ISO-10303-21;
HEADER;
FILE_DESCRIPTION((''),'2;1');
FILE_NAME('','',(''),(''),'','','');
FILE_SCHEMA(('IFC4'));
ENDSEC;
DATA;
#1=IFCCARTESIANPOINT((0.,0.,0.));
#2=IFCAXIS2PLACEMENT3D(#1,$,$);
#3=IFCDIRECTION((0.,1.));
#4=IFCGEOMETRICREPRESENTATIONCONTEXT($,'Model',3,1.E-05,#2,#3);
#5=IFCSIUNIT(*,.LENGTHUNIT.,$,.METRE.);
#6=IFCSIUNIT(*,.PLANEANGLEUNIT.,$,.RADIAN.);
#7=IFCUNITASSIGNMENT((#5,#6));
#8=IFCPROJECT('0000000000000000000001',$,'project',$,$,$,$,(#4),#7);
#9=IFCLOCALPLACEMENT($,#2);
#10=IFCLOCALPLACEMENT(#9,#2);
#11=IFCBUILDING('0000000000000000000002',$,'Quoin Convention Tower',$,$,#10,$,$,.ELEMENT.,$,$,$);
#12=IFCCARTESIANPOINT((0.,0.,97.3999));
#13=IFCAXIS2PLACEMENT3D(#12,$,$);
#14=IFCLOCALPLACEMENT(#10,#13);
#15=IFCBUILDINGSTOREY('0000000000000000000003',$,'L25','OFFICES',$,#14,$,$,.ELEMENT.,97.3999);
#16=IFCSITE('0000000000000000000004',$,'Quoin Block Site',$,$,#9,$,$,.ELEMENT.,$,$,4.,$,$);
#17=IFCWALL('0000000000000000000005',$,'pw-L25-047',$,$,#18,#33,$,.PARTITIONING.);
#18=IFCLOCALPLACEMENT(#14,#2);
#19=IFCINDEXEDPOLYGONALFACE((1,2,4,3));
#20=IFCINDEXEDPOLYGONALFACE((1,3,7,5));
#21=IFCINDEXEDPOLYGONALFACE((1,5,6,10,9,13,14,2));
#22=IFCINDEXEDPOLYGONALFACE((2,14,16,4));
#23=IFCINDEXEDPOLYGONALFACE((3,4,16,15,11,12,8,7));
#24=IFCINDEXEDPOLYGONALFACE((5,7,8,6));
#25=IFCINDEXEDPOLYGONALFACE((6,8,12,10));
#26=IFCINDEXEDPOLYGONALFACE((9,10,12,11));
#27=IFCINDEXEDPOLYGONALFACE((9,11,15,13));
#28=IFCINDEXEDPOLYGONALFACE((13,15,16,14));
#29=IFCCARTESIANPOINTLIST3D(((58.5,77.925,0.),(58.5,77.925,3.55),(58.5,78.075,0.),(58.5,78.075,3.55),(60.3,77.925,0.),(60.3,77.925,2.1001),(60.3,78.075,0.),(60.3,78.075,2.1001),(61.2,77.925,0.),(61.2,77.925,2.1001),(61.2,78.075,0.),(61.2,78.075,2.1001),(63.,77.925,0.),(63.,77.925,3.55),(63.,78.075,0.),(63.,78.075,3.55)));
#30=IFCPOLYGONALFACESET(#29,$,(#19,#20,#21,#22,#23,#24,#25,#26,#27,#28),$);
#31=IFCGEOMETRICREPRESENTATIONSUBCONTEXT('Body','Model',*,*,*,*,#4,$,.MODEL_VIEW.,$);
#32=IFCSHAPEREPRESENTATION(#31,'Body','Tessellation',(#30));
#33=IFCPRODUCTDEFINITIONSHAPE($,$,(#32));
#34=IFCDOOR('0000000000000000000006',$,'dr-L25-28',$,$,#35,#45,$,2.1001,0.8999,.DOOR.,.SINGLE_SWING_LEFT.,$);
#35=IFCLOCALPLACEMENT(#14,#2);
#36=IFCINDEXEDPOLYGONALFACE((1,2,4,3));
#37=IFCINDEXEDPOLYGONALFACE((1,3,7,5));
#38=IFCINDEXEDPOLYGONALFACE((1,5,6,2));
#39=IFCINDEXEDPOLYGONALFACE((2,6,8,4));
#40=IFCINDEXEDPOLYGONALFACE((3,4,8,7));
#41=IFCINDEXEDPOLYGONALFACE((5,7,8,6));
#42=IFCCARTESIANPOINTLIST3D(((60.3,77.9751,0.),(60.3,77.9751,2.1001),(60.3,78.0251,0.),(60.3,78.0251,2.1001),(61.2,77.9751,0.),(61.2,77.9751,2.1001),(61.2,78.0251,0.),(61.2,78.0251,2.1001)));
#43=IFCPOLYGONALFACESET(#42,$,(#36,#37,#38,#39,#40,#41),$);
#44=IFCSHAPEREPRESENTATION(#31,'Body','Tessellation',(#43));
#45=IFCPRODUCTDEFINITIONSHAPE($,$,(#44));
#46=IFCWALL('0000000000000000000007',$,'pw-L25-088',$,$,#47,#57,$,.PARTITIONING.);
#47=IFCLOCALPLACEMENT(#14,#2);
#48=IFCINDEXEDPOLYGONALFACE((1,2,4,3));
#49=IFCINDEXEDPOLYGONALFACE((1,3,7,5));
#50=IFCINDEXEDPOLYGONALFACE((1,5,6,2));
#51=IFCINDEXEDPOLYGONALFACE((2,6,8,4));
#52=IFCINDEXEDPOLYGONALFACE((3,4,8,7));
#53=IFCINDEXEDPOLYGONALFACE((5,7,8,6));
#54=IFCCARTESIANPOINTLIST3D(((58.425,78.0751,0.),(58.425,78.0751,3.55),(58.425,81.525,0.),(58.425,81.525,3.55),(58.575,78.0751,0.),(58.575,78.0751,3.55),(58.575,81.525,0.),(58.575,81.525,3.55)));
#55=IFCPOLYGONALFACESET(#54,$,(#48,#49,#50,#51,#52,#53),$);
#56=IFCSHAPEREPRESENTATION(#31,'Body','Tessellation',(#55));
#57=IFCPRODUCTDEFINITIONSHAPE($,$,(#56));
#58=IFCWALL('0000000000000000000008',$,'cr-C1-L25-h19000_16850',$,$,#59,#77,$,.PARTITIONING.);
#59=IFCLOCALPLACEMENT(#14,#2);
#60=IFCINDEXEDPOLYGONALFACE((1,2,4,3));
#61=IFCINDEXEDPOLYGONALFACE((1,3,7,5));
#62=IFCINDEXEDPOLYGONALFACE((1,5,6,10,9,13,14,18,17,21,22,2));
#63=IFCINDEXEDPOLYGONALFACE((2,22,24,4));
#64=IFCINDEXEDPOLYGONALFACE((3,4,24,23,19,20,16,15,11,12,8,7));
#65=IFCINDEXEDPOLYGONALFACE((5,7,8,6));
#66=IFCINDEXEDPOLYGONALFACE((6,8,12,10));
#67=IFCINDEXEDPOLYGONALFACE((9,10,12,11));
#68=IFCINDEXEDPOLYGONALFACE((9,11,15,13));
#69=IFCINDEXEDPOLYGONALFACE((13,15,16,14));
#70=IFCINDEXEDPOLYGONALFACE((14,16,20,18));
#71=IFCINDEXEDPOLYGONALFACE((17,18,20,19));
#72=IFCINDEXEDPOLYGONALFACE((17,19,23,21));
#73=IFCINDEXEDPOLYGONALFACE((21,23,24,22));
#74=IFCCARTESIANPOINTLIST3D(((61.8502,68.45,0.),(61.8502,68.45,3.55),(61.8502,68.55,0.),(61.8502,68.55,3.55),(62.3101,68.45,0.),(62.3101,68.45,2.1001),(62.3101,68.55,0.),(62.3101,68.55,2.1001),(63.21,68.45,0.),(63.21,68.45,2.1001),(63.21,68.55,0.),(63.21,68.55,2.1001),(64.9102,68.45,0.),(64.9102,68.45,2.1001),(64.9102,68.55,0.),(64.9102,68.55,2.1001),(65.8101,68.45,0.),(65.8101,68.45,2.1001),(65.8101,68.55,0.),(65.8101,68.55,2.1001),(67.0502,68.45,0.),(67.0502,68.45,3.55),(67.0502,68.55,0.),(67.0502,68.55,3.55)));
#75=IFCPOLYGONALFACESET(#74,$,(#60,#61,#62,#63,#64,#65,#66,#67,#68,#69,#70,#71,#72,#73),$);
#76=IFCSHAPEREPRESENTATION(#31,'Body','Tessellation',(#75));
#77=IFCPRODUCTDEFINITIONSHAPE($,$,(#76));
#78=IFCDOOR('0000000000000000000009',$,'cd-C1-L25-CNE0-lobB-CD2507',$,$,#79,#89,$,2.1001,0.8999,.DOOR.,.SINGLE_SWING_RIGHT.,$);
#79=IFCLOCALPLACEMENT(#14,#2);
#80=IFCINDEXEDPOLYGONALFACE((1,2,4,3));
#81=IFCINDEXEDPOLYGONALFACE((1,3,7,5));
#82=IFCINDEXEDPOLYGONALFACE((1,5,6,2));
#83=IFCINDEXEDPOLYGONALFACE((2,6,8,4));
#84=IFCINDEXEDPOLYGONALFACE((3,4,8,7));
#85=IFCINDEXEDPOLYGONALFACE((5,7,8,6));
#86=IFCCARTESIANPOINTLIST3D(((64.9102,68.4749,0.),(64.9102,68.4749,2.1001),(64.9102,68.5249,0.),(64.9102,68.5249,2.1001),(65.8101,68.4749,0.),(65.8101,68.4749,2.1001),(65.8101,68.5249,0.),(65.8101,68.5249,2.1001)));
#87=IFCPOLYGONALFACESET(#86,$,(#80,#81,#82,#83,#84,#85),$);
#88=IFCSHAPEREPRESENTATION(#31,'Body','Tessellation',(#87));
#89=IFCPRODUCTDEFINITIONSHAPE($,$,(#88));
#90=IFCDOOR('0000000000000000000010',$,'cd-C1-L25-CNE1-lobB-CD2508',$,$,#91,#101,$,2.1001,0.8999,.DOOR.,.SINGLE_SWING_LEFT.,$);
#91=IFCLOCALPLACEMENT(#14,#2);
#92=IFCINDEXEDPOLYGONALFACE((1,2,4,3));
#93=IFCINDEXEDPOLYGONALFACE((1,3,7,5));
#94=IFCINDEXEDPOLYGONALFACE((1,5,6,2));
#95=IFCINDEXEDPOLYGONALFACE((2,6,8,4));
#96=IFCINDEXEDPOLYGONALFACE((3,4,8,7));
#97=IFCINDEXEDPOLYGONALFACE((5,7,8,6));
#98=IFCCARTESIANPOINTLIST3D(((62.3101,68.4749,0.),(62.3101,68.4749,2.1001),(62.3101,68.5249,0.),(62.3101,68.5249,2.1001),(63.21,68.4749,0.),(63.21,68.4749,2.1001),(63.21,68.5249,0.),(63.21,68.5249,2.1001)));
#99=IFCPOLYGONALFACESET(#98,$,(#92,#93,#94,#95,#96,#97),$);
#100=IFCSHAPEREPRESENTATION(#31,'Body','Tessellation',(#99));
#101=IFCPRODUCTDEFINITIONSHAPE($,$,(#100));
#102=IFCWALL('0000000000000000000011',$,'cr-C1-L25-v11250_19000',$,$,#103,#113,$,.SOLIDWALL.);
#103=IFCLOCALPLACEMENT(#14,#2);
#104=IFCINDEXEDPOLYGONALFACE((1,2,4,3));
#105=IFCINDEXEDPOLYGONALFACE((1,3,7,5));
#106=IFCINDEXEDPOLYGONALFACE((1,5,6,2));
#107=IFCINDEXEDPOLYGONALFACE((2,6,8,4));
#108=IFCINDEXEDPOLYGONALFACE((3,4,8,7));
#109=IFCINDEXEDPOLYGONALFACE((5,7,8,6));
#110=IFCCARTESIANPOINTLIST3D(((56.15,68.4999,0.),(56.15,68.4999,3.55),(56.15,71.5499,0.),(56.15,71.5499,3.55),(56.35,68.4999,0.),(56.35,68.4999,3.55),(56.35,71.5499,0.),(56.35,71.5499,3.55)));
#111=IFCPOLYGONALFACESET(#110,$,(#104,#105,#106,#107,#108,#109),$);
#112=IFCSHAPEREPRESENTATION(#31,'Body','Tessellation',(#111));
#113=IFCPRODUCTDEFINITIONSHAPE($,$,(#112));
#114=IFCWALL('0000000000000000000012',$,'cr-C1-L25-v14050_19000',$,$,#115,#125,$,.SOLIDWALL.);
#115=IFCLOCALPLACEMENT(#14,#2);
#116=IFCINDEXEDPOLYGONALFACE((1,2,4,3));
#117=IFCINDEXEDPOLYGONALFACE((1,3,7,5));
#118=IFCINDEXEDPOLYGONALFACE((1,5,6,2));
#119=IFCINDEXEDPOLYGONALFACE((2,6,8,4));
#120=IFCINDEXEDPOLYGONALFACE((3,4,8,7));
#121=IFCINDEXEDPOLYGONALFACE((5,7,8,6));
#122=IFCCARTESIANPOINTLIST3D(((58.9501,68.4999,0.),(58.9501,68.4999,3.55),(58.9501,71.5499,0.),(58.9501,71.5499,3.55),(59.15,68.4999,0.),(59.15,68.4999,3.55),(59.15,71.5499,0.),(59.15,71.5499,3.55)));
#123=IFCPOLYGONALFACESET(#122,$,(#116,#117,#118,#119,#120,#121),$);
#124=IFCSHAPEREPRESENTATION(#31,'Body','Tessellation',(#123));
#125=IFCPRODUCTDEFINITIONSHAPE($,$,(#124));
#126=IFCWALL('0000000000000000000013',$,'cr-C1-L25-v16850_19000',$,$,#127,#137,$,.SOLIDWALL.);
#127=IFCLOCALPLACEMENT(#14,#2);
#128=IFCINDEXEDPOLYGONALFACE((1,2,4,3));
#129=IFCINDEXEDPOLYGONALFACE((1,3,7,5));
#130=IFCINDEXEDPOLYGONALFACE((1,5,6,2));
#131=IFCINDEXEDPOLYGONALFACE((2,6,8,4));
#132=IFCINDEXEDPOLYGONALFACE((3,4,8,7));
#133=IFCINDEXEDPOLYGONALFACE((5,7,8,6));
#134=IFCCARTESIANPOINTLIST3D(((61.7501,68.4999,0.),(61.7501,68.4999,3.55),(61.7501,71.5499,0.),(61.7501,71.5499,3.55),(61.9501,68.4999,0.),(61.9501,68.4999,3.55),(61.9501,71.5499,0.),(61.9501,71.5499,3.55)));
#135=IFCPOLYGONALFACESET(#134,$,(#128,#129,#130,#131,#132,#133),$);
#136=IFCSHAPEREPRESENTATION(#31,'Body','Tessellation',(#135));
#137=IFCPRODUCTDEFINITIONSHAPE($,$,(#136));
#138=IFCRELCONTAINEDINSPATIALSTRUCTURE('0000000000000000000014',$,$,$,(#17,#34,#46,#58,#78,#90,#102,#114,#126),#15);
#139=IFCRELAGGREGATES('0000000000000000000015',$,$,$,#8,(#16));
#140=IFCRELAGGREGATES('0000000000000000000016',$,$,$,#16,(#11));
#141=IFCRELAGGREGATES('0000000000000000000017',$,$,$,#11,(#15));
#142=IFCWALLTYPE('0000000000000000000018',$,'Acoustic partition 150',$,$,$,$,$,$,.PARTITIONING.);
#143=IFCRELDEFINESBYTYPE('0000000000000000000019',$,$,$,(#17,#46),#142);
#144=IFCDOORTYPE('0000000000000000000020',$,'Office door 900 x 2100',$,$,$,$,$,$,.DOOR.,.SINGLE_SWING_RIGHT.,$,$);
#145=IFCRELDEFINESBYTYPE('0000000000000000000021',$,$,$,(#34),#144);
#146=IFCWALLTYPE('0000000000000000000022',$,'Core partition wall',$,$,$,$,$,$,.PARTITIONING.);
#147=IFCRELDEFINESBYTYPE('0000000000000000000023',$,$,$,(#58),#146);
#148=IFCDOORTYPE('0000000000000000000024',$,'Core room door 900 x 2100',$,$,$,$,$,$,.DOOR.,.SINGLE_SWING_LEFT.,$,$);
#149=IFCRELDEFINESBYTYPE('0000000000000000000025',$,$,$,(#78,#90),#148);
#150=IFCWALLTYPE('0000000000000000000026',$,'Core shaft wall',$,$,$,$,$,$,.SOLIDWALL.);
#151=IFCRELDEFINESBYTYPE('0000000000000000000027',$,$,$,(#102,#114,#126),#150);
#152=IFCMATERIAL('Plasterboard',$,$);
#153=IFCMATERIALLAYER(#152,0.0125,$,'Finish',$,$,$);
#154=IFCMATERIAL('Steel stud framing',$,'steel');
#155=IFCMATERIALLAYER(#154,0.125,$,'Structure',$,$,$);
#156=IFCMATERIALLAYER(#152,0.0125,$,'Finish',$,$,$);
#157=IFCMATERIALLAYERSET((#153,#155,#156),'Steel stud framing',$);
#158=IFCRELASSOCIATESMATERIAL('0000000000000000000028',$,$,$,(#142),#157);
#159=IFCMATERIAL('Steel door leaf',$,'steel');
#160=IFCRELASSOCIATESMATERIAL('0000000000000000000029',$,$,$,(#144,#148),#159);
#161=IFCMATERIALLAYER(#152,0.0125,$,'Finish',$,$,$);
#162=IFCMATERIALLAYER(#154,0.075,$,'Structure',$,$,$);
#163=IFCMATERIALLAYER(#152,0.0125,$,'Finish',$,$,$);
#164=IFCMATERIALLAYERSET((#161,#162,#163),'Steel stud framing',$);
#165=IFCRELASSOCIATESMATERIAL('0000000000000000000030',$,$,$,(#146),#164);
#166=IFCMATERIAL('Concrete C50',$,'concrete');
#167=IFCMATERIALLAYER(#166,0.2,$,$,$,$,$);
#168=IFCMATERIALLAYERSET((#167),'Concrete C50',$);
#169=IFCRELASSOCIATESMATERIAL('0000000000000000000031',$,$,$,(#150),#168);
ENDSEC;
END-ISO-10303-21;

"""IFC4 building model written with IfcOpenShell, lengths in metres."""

from ifc_helpers import new_model, si_unit, direction, frame, frame_2d, origin, place, context, subcontext, project, spatial, rectangle, extrude, material, layer, layer_set, type_object, element, fill, save


model = new_model("IFC4")

# Units and contexts
model_context = context("Model", 3, precision=1e-05, world=origin(), true_north=direction((0.0, 1.0)))
body_context = subcontext(model_context, "Body", "Model", "MODEL_VIEW")
ifc_project = project(units=[si_unit("LENGTHUNIT", "METRE"), si_unit("PLANEANGLEUNIT", "RADIAN")], contexts=[model_context])

# Site, building, storey
site_placement = place(None, origin())
site = spatial("IfcSite", under=ifc_project, at=site_placement, Name="Quoin Block Site", CompositionType="ELEMENT", RefElevation=4.0)
building_placement = place(site_placement, origin())
building = spatial("IfcBuilding", under=site, at=building_placement, Name="Quoin Convention Tower", CompositionType="ELEMENT")
storey_placement = place(building_placement, frame((0.0, 0.0, 97.3999)))
storey = spatial("IfcBuildingStorey", under=building, at=storey_placement, Name="L25", Description="OFFICES", CompositionType="ELEMENT", Elevation=97.3999)

# Wall, opening, door
ifc_material_1 = material(Name="Plasterboard")
ifc_layer_1 = layer(ifc_material_1, 0.0125, Name="Finish")
ifc_material_2 = material(Name="Steel stud framing", Category="steel")
ifc_layer_2 = layer(ifc_material_2, 0.125, Name="Structure")
ifc_layer_3 = layer(ifc_material_1, 0.0125, Name="Finish")
ifc_layer_set_1 = layer_set([ifc_layer_1, ifc_layer_2, ifc_layer_3], Name="Steel stud framing")
wall_type_1 = type_object("IfcWallType", Name="Acoustic partition 150", PredefinedType="PARTITIONING", material=ifc_layer_set_1)
wall_1_placement = place(storey_placement, frame((58.5, 78.0, 0.0), z_axis=(0.0, 0.0, 1.0), x_axis=(1.0, 0.0, 0.0)))
wall_1 = element("IfcWall", 1, at=wall_1_placement, inside=storey, type_object=wall_type_1, Name="pw-L25-047", PredefinedType="PARTITIONING", context=body_context, shape_type="SweptSolid", body=[
    extrude(rectangle(XDim=4.5, YDim=0.1499, at=frame_2d((2.25, 0.0))), origin(), (0.0, 0.0, 1.0), 3.55),
])
opening_1_placement = place(wall_1_placement, frame((1.8, 0.0, 0.0)))
opening_1 = element("IfcOpeningElement", 2, at=opening_1_placement, cuts=wall_1, PredefinedType="OPENING", context=body_context, shape_type="SweptSolid", body=[
    extrude(rectangle(XDim=0.8999, YDim=2.1001, at=frame_2d((0.45, 1.05))), frame((0.0, 0.085, 0.0), z_axis=(0.0, -1.0, 0.0), x_axis=(1.0, 0.0, 0.0)), (0.0, 0.0, 1.0), 0.1699),
])
ifc_material_3 = material(Name="Steel door leaf", Category="steel")
door_type_1 = type_object("IfcDoorType", Name="Office door 900 x 2100", OperationType="SINGLE_SWING_RIGHT", PredefinedType="DOOR", material=ifc_material_3)
door_1_placement = place(opening_1_placement, frame((0.8999, 0.0, 0.0), z_axis=(0.0, 0.0, 1.0), x_axis=(-1.0, 0.0, 0.0)))
door_1 = element("IfcDoor", 3, at=door_1_placement, inside=storey, type_object=door_type_1, Name="dr-L25-28", OperationType="SINGLE_SWING_LEFT", OverallHeight=2.1001, OverallWidth=0.8999, PredefinedType="DOOR", context=body_context, shape_type="SweptSolid", body=[
    extrude(rectangle(XDim=0.8999, YDim=2.1001, at=frame_2d((0.45, 1.05))), frame((0.0, 0.0249, 0.0), z_axis=(0.0, -1.0, 0.0), x_axis=(1.0, 0.0, 0.0)), (0.0, 0.0, 1.0), 0.05),
])
fill(opening_1, door_1)

# Wall
wall_2_placement = place(storey_placement, frame((58.5, 78.075, 0.0), z_axis=(0.0, 0.0, 1.0), x_axis=(0.0, 1.0, 0.0)))
element("IfcWall", 4, at=wall_2_placement, inside=storey, type_object=wall_type_1, Name="pw-L25-088", PredefinedType="PARTITIONING", context=body_context, shape_type="SweptSolid", body=[
    extrude(rectangle(XDim=3.45, YDim=0.1499, at=frame_2d((1.7251, 0.0))), origin(), (0.0, 0.0, 1.0), 3.55),
])

# Wall, openings, doors
ifc_layer_4 = layer(ifc_material_1, 0.0125, Name="Finish")
ifc_layer_5 = layer(ifc_material_2, 0.075, Name="Structure")
ifc_layer_6 = layer(ifc_material_1, 0.0125, Name="Finish")
ifc_layer_set_2 = layer_set([ifc_layer_4, ifc_layer_5, ifc_layer_6], Name="Steel stud framing")
wall_type_2 = type_object("IfcWallType", Name="Core partition wall", PredefinedType="PARTITIONING", material=ifc_layer_set_2)
wall_3_placement = place(storey_placement, frame((61.8501, 68.5, 0.0), z_axis=(0.0, 0.0, 1.0), x_axis=(1.0, 0.0, 0.0)))
wall_3 = element("IfcWall", 5, at=wall_3_placement, inside=storey, type_object=wall_type_2, Name="cr-C1-L25-h19000_16850", PredefinedType="PARTITIONING", context=body_context, shape_type="SweptSolid", body=[
    extrude(rectangle(XDim=5.2, YDim=0.1001, at=frame_2d((2.6001, 0.0))), origin(), (0.0, 0.0, 1.0), 3.55),
])
opening_2_placement = place(wall_3_placement, frame((3.0601, 0.0, 0.0)))
opening_2 = element("IfcOpeningElement", 6, at=opening_2_placement, cuts=wall_3, PredefinedType="OPENING", context=body_context, shape_type="SweptSolid", body=[
    extrude(rectangle(XDim=0.8999, YDim=2.1001, at=frame_2d((0.45, 1.05))), frame((0.0, 0.0601, 0.0), z_axis=(0.0, -1.0, 0.0), x_axis=(1.0, 0.0, 0.0)), (0.0, 0.0, 1.0), 0.1201),
])
opening_3_placement = place(wall_3_placement, frame((0.46, 0.0, 0.0)))
opening_3 = element("IfcOpeningElement", 7, at=opening_3_placement, cuts=wall_3, PredefinedType="OPENING", context=body_context, shape_type="SweptSolid", body=[
    extrude(rectangle(XDim=0.8999, YDim=2.1001, at=frame_2d((0.45, 1.05))), frame((0.0, 0.0601, 0.0), z_axis=(0.0, -1.0, 0.0), x_axis=(1.0, 0.0, 0.0)), (0.0, 0.0, 1.0), 0.1201),
])
door_type_2 = type_object("IfcDoorType", Name="Core room door 900 x 2100", OperationType="SINGLE_SWING_LEFT", PredefinedType="DOOR", material=ifc_material_3)
door_2_placement = place(opening_2_placement, origin())
door_2 = element("IfcDoor", 8, at=door_2_placement, inside=storey, type_object=door_type_2, Name="cd-C1-L25-CNE0-lobB-CD2507", OperationType="SINGLE_SWING_RIGHT", OverallHeight=2.1001, OverallWidth=0.8999, PredefinedType="DOOR", context=body_context, shape_type="SweptSolid", body=[
    extrude(rectangle(XDim=0.8999, YDim=2.1001, at=frame_2d((0.45, 1.05))), frame((0.0, 0.0249, 0.0), z_axis=(0.0, -1.0, 0.0), x_axis=(1.0, 0.0, 0.0)), (0.0, 0.0, 1.0), 0.05),
])
fill(opening_2, door_2)
door_3_placement = place(opening_3_placement, origin())
door_3 = element("IfcDoor", 9, at=door_3_placement, inside=storey, type_object=door_type_2, Name="cd-C1-L25-CNE1-lobB-CD2508", OperationType="SINGLE_SWING_LEFT", OverallHeight=2.1001, OverallWidth=0.8999, PredefinedType="DOOR", context=body_context, shape_type="SweptSolid", body=[
    extrude(rectangle(XDim=0.8999, YDim=2.1001, at=frame_2d((0.45, 1.05))), frame((0.0, 0.0249, 0.0), z_axis=(0.0, -1.0, 0.0), x_axis=(1.0, 0.0, 0.0)), (0.0, 0.0, 1.0), 0.05),
])
fill(opening_3, door_3)

# Walls
ifc_material_4 = material(Name="Concrete C50", Category="concrete")
ifc_layer_7 = layer(ifc_material_4, 0.2)
ifc_layer_set_3 = layer_set([ifc_layer_7], Name="Concrete C50")
wall_type_3 = type_object("IfcWallType", Name="Core shaft wall", PredefinedType="SOLIDWALL", material=ifc_layer_set_3)
for number, where, z_axis, x_axis, name in (
    (10, (56.25, 68.5, 0.0), (0.0, 0.0, 1.0), (0.0, 1.0, 0.0), "cr-C1-L25-v11250_19000"),
    (11, (59.05, 68.5, 0.0), (0.0, 0.0, 1.0), (0.0, 1.0, 0.0), "cr-C1-L25-v14050_19000"),
    (12, (61.8501, 68.5, 0.0), (0.0, 0.0, 1.0), (0.0, 1.0, 0.0), "cr-C1-L25-v16850_19000"),
):
    element("IfcWall", number, at=place(storey_placement, frame(where, z_axis=z_axis, x_axis=x_axis)), inside=storey, type_object=wall_type_3, Name=name, PredefinedType="SOLIDWALL", context=body_context, shape_type="SweptSolid", body=[
        extrude(rectangle(XDim=3.05, YDim=0.2, at=frame_2d((1.5249, 0.0))), origin(), (0.0, 0.0, 1.0), 3.55),
    ])

save(model, "model.ifc")
